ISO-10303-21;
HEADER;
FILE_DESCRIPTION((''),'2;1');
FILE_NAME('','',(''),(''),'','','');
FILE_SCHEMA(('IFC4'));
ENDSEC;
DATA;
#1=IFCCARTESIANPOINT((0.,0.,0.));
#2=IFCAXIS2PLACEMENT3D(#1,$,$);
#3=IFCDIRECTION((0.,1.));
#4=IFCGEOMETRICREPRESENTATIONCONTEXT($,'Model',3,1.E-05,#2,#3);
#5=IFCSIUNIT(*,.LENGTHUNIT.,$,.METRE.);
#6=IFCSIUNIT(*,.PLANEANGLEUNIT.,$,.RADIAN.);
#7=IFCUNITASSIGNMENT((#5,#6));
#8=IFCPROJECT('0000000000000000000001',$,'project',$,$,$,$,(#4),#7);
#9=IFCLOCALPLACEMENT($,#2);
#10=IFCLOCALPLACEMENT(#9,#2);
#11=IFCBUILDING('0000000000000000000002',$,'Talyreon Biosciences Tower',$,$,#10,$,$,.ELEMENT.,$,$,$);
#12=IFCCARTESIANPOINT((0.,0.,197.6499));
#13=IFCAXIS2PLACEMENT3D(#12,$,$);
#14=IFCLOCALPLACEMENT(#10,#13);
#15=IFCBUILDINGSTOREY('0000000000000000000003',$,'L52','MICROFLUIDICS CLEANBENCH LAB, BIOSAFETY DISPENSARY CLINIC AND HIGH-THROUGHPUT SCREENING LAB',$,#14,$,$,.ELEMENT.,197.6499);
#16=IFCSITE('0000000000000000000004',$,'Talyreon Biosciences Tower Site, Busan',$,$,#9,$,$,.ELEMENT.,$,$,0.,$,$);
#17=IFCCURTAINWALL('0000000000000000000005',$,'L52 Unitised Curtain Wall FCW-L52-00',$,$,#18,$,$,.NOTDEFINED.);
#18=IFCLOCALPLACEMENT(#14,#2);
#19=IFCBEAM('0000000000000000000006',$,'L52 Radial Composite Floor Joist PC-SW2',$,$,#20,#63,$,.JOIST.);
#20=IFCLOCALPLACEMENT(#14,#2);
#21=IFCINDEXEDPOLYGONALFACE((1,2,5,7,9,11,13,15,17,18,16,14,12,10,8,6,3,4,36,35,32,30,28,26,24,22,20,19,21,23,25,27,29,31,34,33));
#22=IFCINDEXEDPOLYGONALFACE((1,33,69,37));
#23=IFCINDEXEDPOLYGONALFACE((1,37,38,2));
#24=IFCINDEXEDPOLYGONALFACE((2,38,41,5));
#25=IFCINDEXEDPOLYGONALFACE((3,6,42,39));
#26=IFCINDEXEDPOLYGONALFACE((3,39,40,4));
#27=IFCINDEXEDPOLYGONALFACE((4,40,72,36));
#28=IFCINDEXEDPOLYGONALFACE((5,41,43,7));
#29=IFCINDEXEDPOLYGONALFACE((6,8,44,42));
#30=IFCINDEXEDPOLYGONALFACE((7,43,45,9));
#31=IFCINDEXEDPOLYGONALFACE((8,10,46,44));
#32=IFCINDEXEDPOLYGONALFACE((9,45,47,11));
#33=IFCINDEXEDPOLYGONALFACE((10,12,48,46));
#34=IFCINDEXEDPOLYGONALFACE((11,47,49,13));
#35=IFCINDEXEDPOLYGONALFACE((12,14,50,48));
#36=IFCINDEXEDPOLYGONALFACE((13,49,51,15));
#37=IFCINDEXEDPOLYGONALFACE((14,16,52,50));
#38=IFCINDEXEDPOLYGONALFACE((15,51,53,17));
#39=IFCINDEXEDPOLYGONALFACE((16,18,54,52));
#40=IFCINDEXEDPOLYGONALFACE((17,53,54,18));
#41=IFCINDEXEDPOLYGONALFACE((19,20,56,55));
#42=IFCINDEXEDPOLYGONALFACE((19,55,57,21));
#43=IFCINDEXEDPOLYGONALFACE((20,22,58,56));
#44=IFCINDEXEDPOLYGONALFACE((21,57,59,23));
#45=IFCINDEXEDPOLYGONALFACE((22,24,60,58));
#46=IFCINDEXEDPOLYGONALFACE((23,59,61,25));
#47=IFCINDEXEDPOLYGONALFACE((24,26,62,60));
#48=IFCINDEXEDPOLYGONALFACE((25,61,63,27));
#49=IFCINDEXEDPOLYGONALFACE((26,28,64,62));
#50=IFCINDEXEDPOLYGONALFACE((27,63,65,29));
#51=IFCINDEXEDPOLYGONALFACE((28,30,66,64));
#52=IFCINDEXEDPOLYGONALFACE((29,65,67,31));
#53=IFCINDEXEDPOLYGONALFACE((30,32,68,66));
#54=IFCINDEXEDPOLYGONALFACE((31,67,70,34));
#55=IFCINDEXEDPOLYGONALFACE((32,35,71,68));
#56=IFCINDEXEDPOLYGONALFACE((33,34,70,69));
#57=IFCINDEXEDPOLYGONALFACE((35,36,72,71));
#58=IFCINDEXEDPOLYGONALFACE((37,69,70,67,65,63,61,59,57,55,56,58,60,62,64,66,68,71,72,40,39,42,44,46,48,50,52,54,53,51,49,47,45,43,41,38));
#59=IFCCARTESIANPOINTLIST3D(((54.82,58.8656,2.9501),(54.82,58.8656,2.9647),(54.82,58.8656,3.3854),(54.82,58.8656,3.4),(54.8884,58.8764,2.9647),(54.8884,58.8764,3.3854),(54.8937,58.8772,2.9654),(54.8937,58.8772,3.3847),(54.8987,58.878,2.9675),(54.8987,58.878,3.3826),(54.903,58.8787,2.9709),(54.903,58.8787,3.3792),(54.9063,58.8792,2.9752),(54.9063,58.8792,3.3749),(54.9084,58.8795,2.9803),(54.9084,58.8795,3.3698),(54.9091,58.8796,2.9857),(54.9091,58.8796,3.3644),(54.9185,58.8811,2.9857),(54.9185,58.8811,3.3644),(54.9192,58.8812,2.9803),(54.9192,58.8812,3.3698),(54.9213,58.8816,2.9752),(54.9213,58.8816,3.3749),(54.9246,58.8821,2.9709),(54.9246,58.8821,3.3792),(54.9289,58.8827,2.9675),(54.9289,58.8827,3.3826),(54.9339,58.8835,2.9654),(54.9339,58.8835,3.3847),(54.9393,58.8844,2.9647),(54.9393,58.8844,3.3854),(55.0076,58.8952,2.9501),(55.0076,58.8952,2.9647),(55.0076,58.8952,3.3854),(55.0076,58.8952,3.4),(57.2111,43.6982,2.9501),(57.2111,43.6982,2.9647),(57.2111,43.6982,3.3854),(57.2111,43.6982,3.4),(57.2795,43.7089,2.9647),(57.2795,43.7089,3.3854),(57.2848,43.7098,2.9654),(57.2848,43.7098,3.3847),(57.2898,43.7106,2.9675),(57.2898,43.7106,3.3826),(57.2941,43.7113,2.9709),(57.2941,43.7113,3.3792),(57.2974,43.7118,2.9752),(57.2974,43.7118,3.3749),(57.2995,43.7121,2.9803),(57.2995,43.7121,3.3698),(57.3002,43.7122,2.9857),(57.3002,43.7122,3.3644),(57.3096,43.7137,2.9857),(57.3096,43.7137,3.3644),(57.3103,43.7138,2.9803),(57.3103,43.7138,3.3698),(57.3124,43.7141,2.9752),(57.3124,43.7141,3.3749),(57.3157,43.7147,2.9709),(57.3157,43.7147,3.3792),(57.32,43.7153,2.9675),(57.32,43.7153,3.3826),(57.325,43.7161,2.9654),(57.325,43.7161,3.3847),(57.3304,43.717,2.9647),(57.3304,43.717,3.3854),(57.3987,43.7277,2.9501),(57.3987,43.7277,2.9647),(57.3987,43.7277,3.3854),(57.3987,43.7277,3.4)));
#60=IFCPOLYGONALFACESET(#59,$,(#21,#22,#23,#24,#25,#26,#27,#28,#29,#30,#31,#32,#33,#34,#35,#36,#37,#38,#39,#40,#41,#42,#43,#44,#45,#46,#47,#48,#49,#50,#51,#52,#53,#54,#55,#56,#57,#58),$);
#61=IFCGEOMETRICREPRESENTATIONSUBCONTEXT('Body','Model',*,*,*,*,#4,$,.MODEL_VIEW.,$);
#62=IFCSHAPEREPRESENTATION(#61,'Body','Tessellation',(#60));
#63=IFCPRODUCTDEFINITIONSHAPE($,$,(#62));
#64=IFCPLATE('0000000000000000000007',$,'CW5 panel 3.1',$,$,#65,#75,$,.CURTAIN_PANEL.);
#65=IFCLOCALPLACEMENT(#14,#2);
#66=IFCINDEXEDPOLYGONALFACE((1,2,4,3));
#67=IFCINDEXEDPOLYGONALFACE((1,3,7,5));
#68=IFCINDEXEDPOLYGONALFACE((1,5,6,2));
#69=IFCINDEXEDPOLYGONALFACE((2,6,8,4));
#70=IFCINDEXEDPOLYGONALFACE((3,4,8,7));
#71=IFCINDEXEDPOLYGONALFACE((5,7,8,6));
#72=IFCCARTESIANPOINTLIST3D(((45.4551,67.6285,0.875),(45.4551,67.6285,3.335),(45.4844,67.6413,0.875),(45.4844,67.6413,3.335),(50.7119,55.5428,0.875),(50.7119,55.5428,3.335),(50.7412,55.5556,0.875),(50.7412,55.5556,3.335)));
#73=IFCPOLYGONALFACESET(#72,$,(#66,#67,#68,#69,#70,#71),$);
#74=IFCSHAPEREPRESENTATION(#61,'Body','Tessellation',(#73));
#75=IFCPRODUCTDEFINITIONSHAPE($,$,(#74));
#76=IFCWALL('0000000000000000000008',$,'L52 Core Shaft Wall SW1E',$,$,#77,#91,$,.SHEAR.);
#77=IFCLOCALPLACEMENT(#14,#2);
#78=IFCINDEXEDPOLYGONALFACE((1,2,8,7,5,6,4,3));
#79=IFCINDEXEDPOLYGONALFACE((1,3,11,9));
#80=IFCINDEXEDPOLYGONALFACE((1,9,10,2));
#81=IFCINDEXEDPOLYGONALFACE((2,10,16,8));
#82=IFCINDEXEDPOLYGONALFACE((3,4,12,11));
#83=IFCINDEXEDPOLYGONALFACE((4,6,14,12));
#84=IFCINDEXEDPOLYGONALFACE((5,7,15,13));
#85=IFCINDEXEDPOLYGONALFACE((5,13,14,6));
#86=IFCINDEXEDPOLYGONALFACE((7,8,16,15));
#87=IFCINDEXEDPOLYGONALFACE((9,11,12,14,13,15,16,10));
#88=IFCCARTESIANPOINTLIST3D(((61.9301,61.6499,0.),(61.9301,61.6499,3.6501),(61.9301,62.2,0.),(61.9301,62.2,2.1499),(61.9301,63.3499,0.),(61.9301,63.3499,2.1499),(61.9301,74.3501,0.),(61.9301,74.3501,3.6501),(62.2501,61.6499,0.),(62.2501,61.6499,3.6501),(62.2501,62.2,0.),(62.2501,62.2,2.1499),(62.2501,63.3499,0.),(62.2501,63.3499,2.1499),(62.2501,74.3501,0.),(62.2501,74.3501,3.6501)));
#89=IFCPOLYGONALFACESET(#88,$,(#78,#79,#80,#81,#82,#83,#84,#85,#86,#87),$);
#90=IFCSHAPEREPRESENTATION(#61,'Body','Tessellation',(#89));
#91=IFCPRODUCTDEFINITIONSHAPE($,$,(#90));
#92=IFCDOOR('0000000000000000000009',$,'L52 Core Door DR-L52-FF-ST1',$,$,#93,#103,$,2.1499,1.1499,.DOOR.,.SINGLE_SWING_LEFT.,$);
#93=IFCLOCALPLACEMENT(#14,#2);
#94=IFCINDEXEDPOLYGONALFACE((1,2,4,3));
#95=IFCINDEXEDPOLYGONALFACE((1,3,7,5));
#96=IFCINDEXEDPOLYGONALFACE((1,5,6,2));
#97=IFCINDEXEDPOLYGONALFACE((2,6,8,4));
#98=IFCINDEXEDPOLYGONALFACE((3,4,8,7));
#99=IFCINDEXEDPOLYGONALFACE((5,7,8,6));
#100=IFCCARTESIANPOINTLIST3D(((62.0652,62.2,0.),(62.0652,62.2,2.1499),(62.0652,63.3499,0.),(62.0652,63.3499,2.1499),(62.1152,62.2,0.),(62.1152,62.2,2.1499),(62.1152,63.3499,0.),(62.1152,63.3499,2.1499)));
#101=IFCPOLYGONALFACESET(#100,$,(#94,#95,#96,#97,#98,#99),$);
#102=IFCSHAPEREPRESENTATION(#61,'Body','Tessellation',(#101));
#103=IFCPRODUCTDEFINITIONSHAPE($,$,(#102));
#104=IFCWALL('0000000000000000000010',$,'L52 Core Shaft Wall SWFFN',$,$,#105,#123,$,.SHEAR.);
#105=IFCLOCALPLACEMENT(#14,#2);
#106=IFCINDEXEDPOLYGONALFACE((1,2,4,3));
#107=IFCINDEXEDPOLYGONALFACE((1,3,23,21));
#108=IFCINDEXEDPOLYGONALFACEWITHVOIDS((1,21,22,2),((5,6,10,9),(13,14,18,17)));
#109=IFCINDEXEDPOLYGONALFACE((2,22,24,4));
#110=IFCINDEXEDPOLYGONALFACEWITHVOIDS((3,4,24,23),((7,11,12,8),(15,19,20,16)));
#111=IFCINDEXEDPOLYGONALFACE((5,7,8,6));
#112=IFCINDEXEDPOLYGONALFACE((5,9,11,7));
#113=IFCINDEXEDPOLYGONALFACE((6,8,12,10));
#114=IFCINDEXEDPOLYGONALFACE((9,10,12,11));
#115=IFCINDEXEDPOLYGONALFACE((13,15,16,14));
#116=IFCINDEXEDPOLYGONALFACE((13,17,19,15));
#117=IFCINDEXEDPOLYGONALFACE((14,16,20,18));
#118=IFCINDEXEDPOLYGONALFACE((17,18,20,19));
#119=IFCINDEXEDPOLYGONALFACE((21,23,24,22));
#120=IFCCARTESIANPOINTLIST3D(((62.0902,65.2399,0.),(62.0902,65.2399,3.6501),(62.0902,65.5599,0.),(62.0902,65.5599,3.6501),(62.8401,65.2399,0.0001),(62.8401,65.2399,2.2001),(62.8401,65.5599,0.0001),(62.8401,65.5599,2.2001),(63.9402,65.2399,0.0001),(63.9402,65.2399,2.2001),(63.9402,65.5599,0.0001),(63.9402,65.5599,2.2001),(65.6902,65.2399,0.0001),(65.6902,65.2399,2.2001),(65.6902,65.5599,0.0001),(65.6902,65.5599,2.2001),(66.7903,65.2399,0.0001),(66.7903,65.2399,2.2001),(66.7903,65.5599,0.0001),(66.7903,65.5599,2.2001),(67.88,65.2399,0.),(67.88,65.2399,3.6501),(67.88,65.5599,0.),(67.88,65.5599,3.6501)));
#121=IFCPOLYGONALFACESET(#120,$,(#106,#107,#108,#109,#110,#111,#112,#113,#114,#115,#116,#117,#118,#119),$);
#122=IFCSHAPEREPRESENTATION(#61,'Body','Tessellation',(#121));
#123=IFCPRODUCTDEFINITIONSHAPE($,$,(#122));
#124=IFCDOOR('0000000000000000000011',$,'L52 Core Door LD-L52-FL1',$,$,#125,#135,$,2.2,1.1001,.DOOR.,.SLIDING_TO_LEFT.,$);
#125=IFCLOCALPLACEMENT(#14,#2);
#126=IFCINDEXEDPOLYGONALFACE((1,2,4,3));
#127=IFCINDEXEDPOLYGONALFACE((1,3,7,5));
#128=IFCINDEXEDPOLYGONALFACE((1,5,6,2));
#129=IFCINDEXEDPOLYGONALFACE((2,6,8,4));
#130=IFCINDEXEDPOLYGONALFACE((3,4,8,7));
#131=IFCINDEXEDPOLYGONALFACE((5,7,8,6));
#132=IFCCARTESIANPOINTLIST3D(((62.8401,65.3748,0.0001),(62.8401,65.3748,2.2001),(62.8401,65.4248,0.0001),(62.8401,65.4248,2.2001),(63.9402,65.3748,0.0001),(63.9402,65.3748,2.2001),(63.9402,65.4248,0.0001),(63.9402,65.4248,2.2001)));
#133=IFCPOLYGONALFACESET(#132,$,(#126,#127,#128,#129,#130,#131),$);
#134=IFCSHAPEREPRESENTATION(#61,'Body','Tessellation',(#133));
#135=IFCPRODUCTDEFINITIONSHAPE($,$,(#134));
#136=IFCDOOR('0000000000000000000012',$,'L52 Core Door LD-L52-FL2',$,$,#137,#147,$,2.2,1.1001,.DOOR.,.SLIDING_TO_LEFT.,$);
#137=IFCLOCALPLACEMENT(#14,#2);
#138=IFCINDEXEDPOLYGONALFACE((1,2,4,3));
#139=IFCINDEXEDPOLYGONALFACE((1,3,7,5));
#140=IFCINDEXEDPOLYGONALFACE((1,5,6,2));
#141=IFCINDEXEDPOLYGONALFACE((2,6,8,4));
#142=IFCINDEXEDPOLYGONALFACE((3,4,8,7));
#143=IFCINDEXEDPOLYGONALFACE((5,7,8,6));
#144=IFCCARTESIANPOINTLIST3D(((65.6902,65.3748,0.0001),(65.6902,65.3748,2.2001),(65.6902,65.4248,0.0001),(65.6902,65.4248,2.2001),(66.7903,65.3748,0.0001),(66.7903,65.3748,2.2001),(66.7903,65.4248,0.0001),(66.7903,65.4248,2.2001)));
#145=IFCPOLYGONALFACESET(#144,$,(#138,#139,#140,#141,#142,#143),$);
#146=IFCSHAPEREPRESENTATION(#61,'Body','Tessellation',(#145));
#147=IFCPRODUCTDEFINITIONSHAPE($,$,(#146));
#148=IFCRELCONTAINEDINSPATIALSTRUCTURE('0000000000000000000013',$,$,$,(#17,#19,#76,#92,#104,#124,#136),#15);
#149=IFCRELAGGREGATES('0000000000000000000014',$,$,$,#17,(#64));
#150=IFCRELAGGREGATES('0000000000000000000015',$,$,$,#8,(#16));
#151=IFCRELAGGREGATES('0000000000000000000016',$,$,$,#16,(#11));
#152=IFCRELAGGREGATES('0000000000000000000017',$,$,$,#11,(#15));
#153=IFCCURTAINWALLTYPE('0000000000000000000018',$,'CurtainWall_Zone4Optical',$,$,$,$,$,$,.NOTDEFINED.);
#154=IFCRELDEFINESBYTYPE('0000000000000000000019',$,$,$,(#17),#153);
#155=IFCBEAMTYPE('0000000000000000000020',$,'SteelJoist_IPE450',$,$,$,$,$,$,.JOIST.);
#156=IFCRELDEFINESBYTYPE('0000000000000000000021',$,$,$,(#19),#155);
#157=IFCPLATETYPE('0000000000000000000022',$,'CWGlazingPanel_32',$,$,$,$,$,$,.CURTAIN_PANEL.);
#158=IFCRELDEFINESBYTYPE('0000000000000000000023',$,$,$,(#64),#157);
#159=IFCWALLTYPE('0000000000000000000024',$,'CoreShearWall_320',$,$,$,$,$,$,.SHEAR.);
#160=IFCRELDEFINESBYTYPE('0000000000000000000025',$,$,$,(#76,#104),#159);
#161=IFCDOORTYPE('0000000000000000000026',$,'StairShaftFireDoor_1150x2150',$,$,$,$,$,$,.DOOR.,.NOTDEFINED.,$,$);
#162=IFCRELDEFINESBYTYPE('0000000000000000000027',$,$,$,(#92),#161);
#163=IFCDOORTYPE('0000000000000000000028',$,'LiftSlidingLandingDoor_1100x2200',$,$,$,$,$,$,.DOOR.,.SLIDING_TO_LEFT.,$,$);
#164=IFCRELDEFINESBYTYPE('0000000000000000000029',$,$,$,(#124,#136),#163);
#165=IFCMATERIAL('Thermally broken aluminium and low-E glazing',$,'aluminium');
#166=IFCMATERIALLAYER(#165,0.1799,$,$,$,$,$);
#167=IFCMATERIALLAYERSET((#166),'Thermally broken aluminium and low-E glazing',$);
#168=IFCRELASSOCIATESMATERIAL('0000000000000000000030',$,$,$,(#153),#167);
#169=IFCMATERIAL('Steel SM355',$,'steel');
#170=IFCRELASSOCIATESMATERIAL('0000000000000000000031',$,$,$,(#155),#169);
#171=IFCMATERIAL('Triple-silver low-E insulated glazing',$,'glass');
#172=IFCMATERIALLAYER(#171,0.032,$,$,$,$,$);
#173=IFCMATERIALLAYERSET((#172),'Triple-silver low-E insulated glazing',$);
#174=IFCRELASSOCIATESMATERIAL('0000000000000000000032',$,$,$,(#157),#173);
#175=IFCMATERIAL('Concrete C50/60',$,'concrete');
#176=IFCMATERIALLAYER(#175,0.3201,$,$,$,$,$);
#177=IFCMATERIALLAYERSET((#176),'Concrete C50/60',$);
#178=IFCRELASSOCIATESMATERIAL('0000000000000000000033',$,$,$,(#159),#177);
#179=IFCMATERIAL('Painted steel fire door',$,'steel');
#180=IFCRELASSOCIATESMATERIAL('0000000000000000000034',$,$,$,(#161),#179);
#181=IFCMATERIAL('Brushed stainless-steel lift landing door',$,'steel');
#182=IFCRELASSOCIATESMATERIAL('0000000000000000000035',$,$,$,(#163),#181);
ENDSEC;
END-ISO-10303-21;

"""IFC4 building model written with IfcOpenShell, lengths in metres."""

from ifc_helpers import new_model, si_unit, direction, frame, frame_2d, origin, origin_2d, place, context, subcontext, project, spatial, rectangle, i_section, extrude, material, layer, layer_set, material_profile, profile_set, type_object, element, fill, aggregate, save


model = new_model("IFC4")

# Units and contexts
model_context = context("Model", 3, precision=1e-05, world=origin(), true_north=direction((0.0, 1.0)))
body_context = subcontext(model_context, "Body", "Model", "MODEL_VIEW")
ifc_project = project(units=[si_unit("LENGTHUNIT", "METRE"), si_unit("PLANEANGLEUNIT", "RADIAN")], contexts=[model_context])

# Site, building, storey
site_placement = place(None, origin())
site = spatial("IfcSite", under=ifc_project, at=site_placement, Name="Talyreon Biosciences Tower Site, Busan", CompositionType="ELEMENT", RefElevation=0.0)
building_placement = place(site_placement, origin())
building = spatial("IfcBuilding", under=site, at=building_placement, Name="Talyreon Biosciences Tower", CompositionType="ELEMENT")
storey_placement = place(building_placement, frame((0.0, 0.0, 197.6499)))
storey = spatial("IfcBuildingStorey", under=building, at=storey_placement, Name="L52", Description="MICROFLUIDICS CLEANBENCH LAB, BIOSAFETY DISPENSARY CLINIC AND HIGH-THROUGHPUT SCREENING LAB", CompositionType="ELEMENT", Elevation=197.6499)

# Shared definitions
ifc_material_1 = material(Name="Concrete C50/60", Category="concrete")

# Curtain wall
ifc_material_2 = material(Name="Thermally broken aluminium and low-E glazing", Category="aluminium")
ifc_layer_1 = layer(ifc_material_2, 0.1799)
ifc_layer_set_1 = layer_set([ifc_layer_1], Name="Thermally broken aluminium and low-E glazing")
curtain_wall_type = type_object("IfcCurtainWallType", Name="CurtainWall_Zone4Optical", PredefinedType="NOTDEFINED", material=ifc_layer_set_1)
curtain_wall_placement = place(storey_placement, origin())
curtain_wall = element("IfcCurtainWall", 1, at=curtain_wall_placement, inside=storey, type_object=curtain_wall_type, Name="L52 Unitised Curtain Wall FCW-L52-00", PredefinedType="NOTDEFINED")

# Beam
ifc_material_3 = material(Name="Steel SM355", Category="steel")
ifc_material_profile_1 = material_profile(ifc_material_3, i_section(OverallWidth=0.1899, OverallDepth=0.45, WebThickness=0.0095, FlangeThickness=0.0146, FilletRadius=0.021, at=origin_2d()), Name="IPE450")
ifc_profile_set_1 = profile_set([ifc_material_profile_1], Name="Steel SM355")
beam_type_1 = type_object("IfcBeamType", Name="SteelJoist_IPE450", PredefinedType="JOIST", material=ifc_profile_set_1)
beam_1_placement = place(storey_placement, frame((54.9138, 58.8804, 3.175), z_axis=(0.155724, -0.987801, 0.0), x_axis=(0.987801, 0.155724, 0.0)))
element("IfcBeam", 2, at=beam_1_placement, inside=storey, type_object=beam_type_1, Name="L52 Radial Composite Floor Joist PC-SW2", PredefinedType="JOIST", context=body_context, shape_type="SweptSolid", body=[
    extrude(i_section(OverallWidth=0.1899, OverallDepth=0.45, WebThickness=0.0095, FlangeThickness=0.0146, FilletRadius=0.021, at=origin_2d()), origin(), (0.0, 0.0, 1.0), 15.3547),
])

# Plate
ifc_material_4 = material(Name="Triple-silver low-E insulated glazing", Category="glass")
ifc_layer_2 = layer(ifc_material_4, 0.032)
ifc_layer_set_2 = layer_set([ifc_layer_2], Name="Triple-silver low-E insulated glazing")
plate_type = type_object("IfcPlateType", Name="CWGlazingPanel_32", PredefinedType="CURTAIN_PANEL", material=ifc_layer_set_2)
plate_placement = place(storey_placement, frame((48.0981, 61.592, 0.875), z_axis=(0.0, 0.0, 1.0), x_axis=(-0.398862, 0.917011, 0.0)))
plate = element("IfcPlate", 3, at=plate_placement, type_object=plate_type, Name="CW5 panel 3.1", PredefinedType="CURTAIN_PANEL", context=body_context, shape_type="SweptSolid", body=[
    extrude(rectangle(XDim=13.1794, YDim=0.032, at=origin_2d()), origin(), (0.0, 0.0, 1.0), 2.46),
])
aggregate(curtain_wall, [plate])

# Wall, opening, door
ifc_layer_3 = layer(ifc_material_1, 0.3201)
ifc_layer_set_3 = layer_set([ifc_layer_3], Name="Concrete C50/60")
wall_type_1 = type_object("IfcWallType", Name="CoreShearWall_320", PredefinedType="SHEAR", material=ifc_layer_set_3)
wall_1_placement = place(storey_placement, frame((62.0901, 61.6499, 0.0), z_axis=(0.0, 0.0, 1.0), x_axis=(0.0, 1.0, 0.0)))
wall_1 = element("IfcWall", 4, at=wall_1_placement, inside=storey, type_object=wall_type_1, Name="L52 Core Shaft Wall SW1E", PredefinedType="SHEAR", context=body_context, shape_type="SweptSolid", body=[
    extrude(rectangle(XDim=12.7002, YDim=0.3201, at=frame_2d((6.3501, 0.0))), origin(), (0.0, 0.0, 1.0), 3.6501),
])
opening_1_placement = place(wall_1_placement, frame((0.55, 0.0, 0.0)))
opening_1 = element("IfcOpeningElement", 5, at=opening_1_placement, cuts=wall_1, PredefinedType="OPENING", context=body_context, shape_type="SweptSolid", body=[
    extrude(rectangle(XDim=1.1499, YDim=2.1499, at=frame_2d((0.575, 1.075))), frame((0.0, 0.1699, 0.0), z_axis=(0.0, -1.0, 0.0), x_axis=(1.0, 0.0, 0.0)), (0.0, 0.0, 1.0), 0.3401),
])
ifc_material_5 = material(Name="Painted steel fire door", Category="steel")
door_type_1 = type_object("IfcDoorType", Name="StairShaftFireDoor_1150x2150", OperationType="NOTDEFINED", PredefinedType="DOOR", material=ifc_material_5)
door_1_placement = place(opening_1_placement, origin())
door_1 = element("IfcDoor", 6, at=door_1_placement, inside=storey, type_object=door_type_1, Name="L52 Core Door DR-L52-FF-ST1", OperationType="SINGLE_SWING_LEFT", OverallHeight=2.1499, OverallWidth=1.1499, PredefinedType="DOOR", context=body_context, shape_type="SweptSolid", body=[
    extrude(rectangle(XDim=1.1499, YDim=2.1499, at=frame_2d((0.575, 1.075))), frame((0.0, 0.0249, 0.0), z_axis=(0.0, -1.0, 0.0), x_axis=(1.0, 0.0, 0.0)), (0.0, 0.0, 1.0), 0.05),
])
fill(opening_1, door_1)

# Wall, openings, doors
wall_2_placement = place(storey_placement, frame((62.0901, 65.3999, 0.0), z_axis=(0.0, 0.0, 1.0), x_axis=(1.0, 0.0, 0.0)))
wall_2 = element("IfcWall", 7, at=wall_2_placement, inside=storey, type_object=wall_type_1, Name="L52 Core Shaft Wall SWFFN", PredefinedType="SHEAR", context=body_context, shape_type="SweptSolid", body=[
    extrude(rectangle(XDim=5.7898, YDim=0.3201, at=frame_2d((2.895, 0.0))), origin(), (0.0, 0.0, 1.0), 3.6501),
])
opening_2_placement = place(wall_2_placement, frame((0.75, 0.0, 0.0)))
opening_2 = element("IfcOpeningElement", 8, at=opening_2_placement, cuts=wall_2, PredefinedType="OPENING", context=body_context, shape_type="SweptSolid", body=[
    extrude(rectangle(XDim=1.1001, YDim=2.2, at=frame_2d((0.55, 1.1001))), frame((0.0, 0.1699, 0.0), z_axis=(0.0, -1.0, 0.0), x_axis=(1.0, 0.0, 0.0)), (0.0, 0.0, 1.0), 0.3401),
])
opening_3_placement = place(wall_2_placement, frame((3.6001, 0.0, 0.0)))
opening_3 = element("IfcOpeningElement", 9, at=opening_3_placement, cuts=wall_2, PredefinedType="OPENING", context=body_context, shape_type="SweptSolid", body=[
    extrude(rectangle(XDim=1.1001, YDim=2.2, at=frame_2d((0.55, 1.1001))), frame((0.0, 0.1699, 0.0), z_axis=(0.0, -1.0, 0.0), x_axis=(1.0, 0.0, 0.0)), (0.0, 0.0, 1.0), 0.3401),
])
ifc_material_6 = material(Name="Brushed stainless-steel lift landing door", Category="steel")
door_type_2 = type_object("IfcDoorType", Name="LiftSlidingLandingDoor_1100x2200", OperationType="SLIDING_TO_LEFT", PredefinedType="DOOR", material=ifc_material_6)
door_2_placement = place(opening_2_placement, origin())
door_2 = element("IfcDoor", 10, at=door_2_placement, inside=storey, type_object=door_type_2, Name="L52 Core Door LD-L52-FL1", OperationType="SLIDING_TO_LEFT", OverallHeight=2.2, OverallWidth=1.1001, PredefinedType="DOOR", context=body_context, shape_type="SweptSolid", body=[
    extrude(rectangle(XDim=1.1001, YDim=2.2, at=frame_2d((0.55, 1.1001))), frame((0.0, 0.0249, 0.0), z_axis=(0.0, -1.0, 0.0), x_axis=(1.0, 0.0, 0.0)), (0.0, 0.0, 1.0), 0.05),
])
fill(opening_2, door_2)
door_3_placement = place(opening_3_placement, origin())
door_3 = element("IfcDoor", 11, at=door_3_placement, inside=storey, type_object=door_type_2, Name="L52 Core Door LD-L52-FL2", OperationType="SLIDING_TO_LEFT", OverallHeight=2.2, OverallWidth=1.1001, PredefinedType="DOOR", context=body_context, shape_type="SweptSolid", body=[
    extrude(rectangle(XDim=1.1001, YDim=2.2, at=frame_2d((0.55, 1.1001))), frame((0.0, 0.0249, 0.0), z_axis=(0.0, -1.0, 0.0), x_axis=(1.0, 0.0, 0.0)), (0.0, 0.0, 1.0), 0.05),
])
fill(opening_3, door_3)

save(model, "model.ifc")
